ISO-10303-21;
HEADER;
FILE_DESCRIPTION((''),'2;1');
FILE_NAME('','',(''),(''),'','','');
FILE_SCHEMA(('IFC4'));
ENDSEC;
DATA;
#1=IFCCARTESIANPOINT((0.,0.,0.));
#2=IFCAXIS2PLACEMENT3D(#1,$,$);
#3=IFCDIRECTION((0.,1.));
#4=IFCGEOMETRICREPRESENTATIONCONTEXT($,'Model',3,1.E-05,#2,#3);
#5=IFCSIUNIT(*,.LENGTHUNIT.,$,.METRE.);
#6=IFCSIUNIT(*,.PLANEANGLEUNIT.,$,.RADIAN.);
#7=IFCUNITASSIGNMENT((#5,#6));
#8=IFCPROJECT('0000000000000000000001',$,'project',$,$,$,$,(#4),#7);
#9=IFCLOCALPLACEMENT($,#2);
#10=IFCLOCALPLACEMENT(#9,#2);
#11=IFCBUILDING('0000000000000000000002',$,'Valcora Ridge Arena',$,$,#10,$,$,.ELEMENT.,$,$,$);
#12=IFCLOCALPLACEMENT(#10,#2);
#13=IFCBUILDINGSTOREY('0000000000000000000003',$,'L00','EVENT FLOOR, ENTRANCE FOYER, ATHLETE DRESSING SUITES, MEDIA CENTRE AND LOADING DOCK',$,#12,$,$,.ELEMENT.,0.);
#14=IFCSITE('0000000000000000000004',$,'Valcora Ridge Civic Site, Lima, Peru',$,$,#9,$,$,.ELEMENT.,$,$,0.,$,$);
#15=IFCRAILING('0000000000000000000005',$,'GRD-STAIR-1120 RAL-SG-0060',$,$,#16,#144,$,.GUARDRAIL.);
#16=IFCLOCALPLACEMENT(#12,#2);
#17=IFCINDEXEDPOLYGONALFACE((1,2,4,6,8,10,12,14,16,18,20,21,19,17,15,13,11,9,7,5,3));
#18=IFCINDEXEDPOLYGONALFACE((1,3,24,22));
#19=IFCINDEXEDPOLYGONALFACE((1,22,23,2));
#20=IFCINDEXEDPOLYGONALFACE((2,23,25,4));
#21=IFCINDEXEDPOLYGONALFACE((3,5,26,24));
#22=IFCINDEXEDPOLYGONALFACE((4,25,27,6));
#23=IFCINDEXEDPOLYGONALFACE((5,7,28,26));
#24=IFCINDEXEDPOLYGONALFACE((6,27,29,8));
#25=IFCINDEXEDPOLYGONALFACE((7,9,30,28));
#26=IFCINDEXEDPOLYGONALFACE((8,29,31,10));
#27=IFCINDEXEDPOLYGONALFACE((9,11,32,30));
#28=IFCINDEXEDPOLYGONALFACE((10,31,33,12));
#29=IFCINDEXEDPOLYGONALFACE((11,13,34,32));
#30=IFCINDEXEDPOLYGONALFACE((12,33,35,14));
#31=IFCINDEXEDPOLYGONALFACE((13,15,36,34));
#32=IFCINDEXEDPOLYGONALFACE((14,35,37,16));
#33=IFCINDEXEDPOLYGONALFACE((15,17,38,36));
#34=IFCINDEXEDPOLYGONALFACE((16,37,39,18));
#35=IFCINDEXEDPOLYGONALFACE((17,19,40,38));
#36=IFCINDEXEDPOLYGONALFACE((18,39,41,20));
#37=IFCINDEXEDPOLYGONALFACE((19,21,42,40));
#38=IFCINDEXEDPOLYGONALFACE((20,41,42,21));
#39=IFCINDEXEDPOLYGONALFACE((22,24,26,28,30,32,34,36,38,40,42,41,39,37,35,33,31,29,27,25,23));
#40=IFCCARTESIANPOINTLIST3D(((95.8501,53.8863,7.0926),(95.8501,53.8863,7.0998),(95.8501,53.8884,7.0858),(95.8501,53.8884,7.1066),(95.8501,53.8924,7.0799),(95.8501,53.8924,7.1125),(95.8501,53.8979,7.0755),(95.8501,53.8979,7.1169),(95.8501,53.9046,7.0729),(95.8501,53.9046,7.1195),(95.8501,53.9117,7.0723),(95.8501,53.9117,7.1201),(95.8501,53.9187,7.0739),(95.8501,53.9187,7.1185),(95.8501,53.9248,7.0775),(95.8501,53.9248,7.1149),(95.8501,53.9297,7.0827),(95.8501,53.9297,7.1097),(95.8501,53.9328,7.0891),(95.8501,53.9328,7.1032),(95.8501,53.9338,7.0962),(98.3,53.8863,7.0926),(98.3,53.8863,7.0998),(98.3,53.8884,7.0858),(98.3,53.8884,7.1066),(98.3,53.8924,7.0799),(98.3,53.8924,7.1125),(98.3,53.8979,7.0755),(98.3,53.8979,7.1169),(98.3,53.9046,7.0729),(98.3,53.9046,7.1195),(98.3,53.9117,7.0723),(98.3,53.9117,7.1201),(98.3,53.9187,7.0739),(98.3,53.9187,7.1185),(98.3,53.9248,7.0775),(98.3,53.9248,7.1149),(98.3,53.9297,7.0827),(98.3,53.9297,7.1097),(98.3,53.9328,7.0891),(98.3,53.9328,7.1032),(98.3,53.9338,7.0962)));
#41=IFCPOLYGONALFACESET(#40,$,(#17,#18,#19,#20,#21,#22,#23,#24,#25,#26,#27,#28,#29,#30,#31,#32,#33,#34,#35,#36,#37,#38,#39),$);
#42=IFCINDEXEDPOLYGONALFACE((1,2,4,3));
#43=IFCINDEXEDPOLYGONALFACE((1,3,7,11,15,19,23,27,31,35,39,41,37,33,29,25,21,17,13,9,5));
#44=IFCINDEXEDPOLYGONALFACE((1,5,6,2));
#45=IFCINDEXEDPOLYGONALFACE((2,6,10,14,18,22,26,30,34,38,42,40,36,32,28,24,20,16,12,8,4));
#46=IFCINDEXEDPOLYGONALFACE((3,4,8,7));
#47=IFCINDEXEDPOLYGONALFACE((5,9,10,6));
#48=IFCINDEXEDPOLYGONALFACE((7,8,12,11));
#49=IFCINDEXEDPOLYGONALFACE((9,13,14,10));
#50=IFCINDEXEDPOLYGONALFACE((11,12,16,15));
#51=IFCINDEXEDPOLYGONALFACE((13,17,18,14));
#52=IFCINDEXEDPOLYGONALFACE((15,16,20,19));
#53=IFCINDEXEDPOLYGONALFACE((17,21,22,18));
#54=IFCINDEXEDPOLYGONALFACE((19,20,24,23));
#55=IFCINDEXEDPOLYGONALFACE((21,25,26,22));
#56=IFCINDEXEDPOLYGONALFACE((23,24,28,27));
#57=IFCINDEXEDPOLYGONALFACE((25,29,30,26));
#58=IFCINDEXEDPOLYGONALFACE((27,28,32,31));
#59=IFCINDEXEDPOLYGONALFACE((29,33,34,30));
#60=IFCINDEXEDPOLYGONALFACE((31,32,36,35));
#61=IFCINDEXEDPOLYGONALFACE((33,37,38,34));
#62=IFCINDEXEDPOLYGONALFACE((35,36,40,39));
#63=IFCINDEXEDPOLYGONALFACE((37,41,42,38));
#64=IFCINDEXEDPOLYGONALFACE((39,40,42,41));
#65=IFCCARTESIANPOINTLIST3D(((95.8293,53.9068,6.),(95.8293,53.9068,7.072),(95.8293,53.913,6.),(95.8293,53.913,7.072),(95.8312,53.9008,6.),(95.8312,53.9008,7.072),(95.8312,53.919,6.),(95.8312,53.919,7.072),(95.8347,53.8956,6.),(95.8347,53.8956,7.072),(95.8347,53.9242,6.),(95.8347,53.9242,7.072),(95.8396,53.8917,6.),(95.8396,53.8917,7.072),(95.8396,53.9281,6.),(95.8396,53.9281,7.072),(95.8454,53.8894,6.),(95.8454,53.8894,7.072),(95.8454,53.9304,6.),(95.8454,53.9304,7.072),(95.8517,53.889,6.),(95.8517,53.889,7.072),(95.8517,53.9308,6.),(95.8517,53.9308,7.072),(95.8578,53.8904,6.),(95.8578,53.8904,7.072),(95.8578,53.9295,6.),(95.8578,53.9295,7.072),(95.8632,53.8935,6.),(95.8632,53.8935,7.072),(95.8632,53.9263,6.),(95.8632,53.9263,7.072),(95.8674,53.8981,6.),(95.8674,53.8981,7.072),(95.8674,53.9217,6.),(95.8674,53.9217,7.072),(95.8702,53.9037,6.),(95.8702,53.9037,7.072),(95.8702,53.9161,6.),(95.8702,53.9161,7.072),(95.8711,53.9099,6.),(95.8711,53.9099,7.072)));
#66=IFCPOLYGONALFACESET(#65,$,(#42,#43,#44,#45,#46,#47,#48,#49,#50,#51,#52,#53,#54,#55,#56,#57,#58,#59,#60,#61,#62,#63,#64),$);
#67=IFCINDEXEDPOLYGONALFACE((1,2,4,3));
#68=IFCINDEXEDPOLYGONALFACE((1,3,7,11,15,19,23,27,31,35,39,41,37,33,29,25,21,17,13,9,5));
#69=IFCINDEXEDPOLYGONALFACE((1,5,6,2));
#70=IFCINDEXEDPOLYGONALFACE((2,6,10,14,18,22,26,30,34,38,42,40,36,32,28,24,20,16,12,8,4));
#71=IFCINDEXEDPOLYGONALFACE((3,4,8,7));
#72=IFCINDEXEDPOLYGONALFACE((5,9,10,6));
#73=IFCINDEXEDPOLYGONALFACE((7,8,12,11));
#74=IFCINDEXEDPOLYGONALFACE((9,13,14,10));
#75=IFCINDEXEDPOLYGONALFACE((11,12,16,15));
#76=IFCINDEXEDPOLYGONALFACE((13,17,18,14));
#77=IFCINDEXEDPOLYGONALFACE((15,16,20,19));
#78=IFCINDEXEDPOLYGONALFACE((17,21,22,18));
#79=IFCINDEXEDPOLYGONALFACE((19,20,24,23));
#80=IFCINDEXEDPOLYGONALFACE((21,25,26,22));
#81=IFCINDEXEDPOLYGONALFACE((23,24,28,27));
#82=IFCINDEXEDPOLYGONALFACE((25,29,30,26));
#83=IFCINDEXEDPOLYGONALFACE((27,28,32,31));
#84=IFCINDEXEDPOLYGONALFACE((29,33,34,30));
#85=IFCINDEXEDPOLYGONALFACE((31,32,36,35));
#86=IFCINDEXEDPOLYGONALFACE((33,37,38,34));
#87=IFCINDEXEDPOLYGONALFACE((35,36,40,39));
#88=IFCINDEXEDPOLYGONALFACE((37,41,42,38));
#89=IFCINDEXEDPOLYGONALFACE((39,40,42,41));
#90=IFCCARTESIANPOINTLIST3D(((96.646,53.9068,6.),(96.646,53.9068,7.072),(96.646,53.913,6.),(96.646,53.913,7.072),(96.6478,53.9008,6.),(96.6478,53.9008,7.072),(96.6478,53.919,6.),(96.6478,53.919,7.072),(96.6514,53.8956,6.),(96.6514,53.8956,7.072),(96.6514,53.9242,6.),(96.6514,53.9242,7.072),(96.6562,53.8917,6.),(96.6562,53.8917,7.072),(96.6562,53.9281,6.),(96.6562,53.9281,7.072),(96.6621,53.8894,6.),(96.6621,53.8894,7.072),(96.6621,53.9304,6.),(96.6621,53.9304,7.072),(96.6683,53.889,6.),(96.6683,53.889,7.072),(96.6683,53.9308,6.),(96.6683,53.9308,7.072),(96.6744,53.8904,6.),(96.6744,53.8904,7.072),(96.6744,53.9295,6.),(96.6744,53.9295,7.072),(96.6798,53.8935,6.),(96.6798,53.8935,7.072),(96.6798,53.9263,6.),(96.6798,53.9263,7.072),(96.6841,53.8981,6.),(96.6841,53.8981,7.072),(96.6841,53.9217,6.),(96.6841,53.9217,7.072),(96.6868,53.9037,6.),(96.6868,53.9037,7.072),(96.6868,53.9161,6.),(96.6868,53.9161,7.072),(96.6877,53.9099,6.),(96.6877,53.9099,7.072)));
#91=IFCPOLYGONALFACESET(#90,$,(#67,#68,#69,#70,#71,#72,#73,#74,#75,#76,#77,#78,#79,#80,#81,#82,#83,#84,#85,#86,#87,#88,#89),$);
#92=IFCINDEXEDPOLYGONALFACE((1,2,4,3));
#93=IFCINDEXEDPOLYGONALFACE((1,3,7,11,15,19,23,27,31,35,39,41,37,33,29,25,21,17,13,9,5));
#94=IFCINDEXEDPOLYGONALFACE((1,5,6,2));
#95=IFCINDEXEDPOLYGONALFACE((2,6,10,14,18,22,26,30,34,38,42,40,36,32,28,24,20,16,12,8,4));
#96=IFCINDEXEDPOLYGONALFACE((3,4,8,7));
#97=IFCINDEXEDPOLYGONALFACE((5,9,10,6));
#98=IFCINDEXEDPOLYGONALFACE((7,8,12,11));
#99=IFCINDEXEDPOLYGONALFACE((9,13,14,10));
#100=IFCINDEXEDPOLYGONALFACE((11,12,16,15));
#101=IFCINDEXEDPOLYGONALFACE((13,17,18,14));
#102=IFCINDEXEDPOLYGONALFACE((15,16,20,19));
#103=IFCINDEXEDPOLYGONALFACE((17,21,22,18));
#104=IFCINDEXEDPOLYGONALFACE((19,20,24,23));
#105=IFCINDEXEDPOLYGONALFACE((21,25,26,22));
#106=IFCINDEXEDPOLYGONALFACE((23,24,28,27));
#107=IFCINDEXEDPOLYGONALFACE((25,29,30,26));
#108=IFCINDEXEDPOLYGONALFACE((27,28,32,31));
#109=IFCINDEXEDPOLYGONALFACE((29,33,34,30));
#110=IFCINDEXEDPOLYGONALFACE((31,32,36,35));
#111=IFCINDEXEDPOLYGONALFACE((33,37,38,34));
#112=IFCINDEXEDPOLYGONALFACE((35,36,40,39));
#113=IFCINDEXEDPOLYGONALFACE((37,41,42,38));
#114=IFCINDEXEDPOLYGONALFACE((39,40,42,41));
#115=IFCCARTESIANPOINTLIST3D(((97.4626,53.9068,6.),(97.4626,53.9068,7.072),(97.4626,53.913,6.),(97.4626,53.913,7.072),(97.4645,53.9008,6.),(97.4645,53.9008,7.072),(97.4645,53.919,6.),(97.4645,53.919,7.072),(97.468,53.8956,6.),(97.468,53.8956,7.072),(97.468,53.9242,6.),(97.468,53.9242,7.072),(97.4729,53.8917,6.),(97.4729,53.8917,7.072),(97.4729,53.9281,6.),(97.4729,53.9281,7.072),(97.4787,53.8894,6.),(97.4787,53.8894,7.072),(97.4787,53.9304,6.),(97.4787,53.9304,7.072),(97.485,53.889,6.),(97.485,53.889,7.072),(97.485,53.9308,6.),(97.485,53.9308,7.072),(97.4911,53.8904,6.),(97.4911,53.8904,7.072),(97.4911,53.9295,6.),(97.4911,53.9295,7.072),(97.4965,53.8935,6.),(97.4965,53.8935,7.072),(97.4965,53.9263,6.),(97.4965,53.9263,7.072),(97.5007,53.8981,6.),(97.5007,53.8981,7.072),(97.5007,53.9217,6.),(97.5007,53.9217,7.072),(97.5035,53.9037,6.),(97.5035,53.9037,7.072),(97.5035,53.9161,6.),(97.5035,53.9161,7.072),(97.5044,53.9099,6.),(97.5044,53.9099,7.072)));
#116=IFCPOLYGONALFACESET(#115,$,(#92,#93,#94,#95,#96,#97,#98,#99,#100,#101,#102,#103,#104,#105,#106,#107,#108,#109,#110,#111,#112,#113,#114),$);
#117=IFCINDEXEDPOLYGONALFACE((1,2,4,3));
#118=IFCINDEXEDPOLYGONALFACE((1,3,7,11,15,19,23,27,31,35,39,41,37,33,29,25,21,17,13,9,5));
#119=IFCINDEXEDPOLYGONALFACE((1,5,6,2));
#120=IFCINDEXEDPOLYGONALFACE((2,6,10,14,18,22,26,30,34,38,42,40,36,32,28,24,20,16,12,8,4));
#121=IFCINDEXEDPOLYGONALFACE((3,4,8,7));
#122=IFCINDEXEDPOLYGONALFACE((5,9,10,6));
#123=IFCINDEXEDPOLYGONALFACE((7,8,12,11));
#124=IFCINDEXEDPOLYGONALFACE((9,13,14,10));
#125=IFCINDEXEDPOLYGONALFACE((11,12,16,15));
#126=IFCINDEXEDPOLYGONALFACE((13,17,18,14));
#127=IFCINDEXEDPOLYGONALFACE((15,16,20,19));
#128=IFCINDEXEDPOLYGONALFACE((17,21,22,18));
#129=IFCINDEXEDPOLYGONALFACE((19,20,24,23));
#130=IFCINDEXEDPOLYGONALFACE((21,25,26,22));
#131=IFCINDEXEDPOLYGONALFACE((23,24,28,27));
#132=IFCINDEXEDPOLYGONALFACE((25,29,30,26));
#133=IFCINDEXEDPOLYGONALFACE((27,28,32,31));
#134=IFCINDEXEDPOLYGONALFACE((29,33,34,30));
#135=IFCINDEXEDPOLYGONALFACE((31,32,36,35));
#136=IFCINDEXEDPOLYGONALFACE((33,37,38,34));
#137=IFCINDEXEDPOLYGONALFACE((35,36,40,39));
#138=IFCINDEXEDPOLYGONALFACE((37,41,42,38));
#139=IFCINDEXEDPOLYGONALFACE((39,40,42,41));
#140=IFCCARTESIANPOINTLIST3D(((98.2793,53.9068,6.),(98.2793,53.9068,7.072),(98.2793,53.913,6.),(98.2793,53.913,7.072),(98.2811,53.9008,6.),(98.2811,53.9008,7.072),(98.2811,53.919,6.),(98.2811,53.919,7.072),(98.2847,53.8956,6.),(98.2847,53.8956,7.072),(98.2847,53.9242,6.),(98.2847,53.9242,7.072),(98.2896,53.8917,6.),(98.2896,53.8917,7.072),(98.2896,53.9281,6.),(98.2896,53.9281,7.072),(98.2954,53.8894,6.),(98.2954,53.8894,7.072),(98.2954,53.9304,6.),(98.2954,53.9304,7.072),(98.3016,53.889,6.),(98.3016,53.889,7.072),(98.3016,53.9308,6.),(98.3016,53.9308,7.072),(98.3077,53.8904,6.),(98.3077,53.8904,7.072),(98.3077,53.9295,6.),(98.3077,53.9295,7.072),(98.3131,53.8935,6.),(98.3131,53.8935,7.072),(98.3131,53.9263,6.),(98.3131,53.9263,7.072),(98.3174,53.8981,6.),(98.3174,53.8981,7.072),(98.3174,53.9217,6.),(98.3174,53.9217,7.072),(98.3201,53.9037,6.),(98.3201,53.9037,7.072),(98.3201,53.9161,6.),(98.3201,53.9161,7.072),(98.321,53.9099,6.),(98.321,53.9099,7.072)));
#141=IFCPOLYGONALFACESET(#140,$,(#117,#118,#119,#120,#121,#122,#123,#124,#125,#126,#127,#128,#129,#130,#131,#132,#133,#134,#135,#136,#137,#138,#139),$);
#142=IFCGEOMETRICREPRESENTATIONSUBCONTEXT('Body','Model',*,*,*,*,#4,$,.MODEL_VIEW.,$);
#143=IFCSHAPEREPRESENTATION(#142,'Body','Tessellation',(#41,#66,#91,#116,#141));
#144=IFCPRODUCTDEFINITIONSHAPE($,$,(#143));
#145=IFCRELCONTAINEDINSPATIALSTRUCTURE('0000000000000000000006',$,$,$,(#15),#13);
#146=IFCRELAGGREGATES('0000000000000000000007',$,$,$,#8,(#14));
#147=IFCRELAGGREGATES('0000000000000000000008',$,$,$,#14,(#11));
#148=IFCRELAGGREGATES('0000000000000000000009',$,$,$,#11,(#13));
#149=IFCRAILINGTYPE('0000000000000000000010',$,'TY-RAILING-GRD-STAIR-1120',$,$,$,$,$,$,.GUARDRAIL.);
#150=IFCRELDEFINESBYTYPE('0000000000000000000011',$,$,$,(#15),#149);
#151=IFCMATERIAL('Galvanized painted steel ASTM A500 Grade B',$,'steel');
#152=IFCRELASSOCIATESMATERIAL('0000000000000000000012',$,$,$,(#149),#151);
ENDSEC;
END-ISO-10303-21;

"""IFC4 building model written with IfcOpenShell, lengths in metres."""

from ifc_helpers import new_model, si_unit, direction, frame, origin, origin_2d, place, context, subcontext, project, spatial, circle, extrude, material, type_object, element, save


model = new_model("IFC4")

# Units and contexts
model_context = context("Model", 3, precision=1e-05, world=origin(), true_north=direction((0.0, 1.0)))
body_context = subcontext(model_context, "Body", "Model", "MODEL_VIEW")
ifc_project = project(units=[si_unit("LENGTHUNIT", "METRE"), si_unit("PLANEANGLEUNIT", "RADIAN")], contexts=[model_context])

# Site, building, storey
site_placement = place(None, origin())
site = spatial("IfcSite", under=ifc_project, at=site_placement, Name="Valcora Ridge Civic Site, Lima, Peru", CompositionType="ELEMENT", RefElevation=0.0)
building_placement = place(site_placement, origin())
building = spatial("IfcBuilding", under=site, at=building_placement, Name="Valcora Ridge Arena", CompositionType="ELEMENT")
storey_placement = place(building_placement, origin())
storey = spatial("IfcBuildingStorey", under=building, at=storey_placement, Name="L00", Description="EVENT FLOOR, ENTRANCE FOYER, ATHLETE DRESSING SUITES, MEDIA CENTRE AND LOADING DOCK", CompositionType="ELEMENT", Elevation=0.0)

# Railing
ifc_material_1 = material(Name="Galvanized painted steel ASTM A500 Grade B", Category="steel")
railing_type_1 = type_object("IfcRailingType", Name="TY-RAILING-GRD-STAIR-1120", PredefinedType="GUARDRAIL", material=ifc_material_1)
railing_1_placement = place(storey_placement, frame((95.8501, 53.9099, 6.0)))
element("IfcRailing", 1, at=railing_1_placement, inside=storey, type_object=railing_type_1, Name="GRD-STAIR-1120 RAL-SG-0060", PredefinedType="GUARDRAIL", context=body_context, shape_type="SweptSolid", body=[
    extrude(circle(Radius=0.0239, at=origin_2d()), frame((0.0, 0.0, 1.0962), z_axis=(1.0, 0.0, 0.0), x_axis=(0.0, 1.0, 0.0)), (0.0, 0.0, 1.0), 2.45),
    extrude(circle(Radius=0.021, at=origin_2d()), origin(), (0.0, 0.0, 1.0), 1.072),
    extrude(circle(Radius=0.021, at=origin_2d()), frame((0.8167, 0.0, 0.0)), (0.0, 0.0, 1.0), 1.072),
    extrude(circle(Radius=0.021, at=origin_2d()), frame((1.6333, 0.0, 0.0)), (0.0, 0.0, 1.0), 1.072),
    extrude(circle(Radius=0.021, at=origin_2d()), frame((2.45, 0.0, 0.0)), (0.0, 0.0, 1.0), 1.072),
])

save(model, "model.ifc")
